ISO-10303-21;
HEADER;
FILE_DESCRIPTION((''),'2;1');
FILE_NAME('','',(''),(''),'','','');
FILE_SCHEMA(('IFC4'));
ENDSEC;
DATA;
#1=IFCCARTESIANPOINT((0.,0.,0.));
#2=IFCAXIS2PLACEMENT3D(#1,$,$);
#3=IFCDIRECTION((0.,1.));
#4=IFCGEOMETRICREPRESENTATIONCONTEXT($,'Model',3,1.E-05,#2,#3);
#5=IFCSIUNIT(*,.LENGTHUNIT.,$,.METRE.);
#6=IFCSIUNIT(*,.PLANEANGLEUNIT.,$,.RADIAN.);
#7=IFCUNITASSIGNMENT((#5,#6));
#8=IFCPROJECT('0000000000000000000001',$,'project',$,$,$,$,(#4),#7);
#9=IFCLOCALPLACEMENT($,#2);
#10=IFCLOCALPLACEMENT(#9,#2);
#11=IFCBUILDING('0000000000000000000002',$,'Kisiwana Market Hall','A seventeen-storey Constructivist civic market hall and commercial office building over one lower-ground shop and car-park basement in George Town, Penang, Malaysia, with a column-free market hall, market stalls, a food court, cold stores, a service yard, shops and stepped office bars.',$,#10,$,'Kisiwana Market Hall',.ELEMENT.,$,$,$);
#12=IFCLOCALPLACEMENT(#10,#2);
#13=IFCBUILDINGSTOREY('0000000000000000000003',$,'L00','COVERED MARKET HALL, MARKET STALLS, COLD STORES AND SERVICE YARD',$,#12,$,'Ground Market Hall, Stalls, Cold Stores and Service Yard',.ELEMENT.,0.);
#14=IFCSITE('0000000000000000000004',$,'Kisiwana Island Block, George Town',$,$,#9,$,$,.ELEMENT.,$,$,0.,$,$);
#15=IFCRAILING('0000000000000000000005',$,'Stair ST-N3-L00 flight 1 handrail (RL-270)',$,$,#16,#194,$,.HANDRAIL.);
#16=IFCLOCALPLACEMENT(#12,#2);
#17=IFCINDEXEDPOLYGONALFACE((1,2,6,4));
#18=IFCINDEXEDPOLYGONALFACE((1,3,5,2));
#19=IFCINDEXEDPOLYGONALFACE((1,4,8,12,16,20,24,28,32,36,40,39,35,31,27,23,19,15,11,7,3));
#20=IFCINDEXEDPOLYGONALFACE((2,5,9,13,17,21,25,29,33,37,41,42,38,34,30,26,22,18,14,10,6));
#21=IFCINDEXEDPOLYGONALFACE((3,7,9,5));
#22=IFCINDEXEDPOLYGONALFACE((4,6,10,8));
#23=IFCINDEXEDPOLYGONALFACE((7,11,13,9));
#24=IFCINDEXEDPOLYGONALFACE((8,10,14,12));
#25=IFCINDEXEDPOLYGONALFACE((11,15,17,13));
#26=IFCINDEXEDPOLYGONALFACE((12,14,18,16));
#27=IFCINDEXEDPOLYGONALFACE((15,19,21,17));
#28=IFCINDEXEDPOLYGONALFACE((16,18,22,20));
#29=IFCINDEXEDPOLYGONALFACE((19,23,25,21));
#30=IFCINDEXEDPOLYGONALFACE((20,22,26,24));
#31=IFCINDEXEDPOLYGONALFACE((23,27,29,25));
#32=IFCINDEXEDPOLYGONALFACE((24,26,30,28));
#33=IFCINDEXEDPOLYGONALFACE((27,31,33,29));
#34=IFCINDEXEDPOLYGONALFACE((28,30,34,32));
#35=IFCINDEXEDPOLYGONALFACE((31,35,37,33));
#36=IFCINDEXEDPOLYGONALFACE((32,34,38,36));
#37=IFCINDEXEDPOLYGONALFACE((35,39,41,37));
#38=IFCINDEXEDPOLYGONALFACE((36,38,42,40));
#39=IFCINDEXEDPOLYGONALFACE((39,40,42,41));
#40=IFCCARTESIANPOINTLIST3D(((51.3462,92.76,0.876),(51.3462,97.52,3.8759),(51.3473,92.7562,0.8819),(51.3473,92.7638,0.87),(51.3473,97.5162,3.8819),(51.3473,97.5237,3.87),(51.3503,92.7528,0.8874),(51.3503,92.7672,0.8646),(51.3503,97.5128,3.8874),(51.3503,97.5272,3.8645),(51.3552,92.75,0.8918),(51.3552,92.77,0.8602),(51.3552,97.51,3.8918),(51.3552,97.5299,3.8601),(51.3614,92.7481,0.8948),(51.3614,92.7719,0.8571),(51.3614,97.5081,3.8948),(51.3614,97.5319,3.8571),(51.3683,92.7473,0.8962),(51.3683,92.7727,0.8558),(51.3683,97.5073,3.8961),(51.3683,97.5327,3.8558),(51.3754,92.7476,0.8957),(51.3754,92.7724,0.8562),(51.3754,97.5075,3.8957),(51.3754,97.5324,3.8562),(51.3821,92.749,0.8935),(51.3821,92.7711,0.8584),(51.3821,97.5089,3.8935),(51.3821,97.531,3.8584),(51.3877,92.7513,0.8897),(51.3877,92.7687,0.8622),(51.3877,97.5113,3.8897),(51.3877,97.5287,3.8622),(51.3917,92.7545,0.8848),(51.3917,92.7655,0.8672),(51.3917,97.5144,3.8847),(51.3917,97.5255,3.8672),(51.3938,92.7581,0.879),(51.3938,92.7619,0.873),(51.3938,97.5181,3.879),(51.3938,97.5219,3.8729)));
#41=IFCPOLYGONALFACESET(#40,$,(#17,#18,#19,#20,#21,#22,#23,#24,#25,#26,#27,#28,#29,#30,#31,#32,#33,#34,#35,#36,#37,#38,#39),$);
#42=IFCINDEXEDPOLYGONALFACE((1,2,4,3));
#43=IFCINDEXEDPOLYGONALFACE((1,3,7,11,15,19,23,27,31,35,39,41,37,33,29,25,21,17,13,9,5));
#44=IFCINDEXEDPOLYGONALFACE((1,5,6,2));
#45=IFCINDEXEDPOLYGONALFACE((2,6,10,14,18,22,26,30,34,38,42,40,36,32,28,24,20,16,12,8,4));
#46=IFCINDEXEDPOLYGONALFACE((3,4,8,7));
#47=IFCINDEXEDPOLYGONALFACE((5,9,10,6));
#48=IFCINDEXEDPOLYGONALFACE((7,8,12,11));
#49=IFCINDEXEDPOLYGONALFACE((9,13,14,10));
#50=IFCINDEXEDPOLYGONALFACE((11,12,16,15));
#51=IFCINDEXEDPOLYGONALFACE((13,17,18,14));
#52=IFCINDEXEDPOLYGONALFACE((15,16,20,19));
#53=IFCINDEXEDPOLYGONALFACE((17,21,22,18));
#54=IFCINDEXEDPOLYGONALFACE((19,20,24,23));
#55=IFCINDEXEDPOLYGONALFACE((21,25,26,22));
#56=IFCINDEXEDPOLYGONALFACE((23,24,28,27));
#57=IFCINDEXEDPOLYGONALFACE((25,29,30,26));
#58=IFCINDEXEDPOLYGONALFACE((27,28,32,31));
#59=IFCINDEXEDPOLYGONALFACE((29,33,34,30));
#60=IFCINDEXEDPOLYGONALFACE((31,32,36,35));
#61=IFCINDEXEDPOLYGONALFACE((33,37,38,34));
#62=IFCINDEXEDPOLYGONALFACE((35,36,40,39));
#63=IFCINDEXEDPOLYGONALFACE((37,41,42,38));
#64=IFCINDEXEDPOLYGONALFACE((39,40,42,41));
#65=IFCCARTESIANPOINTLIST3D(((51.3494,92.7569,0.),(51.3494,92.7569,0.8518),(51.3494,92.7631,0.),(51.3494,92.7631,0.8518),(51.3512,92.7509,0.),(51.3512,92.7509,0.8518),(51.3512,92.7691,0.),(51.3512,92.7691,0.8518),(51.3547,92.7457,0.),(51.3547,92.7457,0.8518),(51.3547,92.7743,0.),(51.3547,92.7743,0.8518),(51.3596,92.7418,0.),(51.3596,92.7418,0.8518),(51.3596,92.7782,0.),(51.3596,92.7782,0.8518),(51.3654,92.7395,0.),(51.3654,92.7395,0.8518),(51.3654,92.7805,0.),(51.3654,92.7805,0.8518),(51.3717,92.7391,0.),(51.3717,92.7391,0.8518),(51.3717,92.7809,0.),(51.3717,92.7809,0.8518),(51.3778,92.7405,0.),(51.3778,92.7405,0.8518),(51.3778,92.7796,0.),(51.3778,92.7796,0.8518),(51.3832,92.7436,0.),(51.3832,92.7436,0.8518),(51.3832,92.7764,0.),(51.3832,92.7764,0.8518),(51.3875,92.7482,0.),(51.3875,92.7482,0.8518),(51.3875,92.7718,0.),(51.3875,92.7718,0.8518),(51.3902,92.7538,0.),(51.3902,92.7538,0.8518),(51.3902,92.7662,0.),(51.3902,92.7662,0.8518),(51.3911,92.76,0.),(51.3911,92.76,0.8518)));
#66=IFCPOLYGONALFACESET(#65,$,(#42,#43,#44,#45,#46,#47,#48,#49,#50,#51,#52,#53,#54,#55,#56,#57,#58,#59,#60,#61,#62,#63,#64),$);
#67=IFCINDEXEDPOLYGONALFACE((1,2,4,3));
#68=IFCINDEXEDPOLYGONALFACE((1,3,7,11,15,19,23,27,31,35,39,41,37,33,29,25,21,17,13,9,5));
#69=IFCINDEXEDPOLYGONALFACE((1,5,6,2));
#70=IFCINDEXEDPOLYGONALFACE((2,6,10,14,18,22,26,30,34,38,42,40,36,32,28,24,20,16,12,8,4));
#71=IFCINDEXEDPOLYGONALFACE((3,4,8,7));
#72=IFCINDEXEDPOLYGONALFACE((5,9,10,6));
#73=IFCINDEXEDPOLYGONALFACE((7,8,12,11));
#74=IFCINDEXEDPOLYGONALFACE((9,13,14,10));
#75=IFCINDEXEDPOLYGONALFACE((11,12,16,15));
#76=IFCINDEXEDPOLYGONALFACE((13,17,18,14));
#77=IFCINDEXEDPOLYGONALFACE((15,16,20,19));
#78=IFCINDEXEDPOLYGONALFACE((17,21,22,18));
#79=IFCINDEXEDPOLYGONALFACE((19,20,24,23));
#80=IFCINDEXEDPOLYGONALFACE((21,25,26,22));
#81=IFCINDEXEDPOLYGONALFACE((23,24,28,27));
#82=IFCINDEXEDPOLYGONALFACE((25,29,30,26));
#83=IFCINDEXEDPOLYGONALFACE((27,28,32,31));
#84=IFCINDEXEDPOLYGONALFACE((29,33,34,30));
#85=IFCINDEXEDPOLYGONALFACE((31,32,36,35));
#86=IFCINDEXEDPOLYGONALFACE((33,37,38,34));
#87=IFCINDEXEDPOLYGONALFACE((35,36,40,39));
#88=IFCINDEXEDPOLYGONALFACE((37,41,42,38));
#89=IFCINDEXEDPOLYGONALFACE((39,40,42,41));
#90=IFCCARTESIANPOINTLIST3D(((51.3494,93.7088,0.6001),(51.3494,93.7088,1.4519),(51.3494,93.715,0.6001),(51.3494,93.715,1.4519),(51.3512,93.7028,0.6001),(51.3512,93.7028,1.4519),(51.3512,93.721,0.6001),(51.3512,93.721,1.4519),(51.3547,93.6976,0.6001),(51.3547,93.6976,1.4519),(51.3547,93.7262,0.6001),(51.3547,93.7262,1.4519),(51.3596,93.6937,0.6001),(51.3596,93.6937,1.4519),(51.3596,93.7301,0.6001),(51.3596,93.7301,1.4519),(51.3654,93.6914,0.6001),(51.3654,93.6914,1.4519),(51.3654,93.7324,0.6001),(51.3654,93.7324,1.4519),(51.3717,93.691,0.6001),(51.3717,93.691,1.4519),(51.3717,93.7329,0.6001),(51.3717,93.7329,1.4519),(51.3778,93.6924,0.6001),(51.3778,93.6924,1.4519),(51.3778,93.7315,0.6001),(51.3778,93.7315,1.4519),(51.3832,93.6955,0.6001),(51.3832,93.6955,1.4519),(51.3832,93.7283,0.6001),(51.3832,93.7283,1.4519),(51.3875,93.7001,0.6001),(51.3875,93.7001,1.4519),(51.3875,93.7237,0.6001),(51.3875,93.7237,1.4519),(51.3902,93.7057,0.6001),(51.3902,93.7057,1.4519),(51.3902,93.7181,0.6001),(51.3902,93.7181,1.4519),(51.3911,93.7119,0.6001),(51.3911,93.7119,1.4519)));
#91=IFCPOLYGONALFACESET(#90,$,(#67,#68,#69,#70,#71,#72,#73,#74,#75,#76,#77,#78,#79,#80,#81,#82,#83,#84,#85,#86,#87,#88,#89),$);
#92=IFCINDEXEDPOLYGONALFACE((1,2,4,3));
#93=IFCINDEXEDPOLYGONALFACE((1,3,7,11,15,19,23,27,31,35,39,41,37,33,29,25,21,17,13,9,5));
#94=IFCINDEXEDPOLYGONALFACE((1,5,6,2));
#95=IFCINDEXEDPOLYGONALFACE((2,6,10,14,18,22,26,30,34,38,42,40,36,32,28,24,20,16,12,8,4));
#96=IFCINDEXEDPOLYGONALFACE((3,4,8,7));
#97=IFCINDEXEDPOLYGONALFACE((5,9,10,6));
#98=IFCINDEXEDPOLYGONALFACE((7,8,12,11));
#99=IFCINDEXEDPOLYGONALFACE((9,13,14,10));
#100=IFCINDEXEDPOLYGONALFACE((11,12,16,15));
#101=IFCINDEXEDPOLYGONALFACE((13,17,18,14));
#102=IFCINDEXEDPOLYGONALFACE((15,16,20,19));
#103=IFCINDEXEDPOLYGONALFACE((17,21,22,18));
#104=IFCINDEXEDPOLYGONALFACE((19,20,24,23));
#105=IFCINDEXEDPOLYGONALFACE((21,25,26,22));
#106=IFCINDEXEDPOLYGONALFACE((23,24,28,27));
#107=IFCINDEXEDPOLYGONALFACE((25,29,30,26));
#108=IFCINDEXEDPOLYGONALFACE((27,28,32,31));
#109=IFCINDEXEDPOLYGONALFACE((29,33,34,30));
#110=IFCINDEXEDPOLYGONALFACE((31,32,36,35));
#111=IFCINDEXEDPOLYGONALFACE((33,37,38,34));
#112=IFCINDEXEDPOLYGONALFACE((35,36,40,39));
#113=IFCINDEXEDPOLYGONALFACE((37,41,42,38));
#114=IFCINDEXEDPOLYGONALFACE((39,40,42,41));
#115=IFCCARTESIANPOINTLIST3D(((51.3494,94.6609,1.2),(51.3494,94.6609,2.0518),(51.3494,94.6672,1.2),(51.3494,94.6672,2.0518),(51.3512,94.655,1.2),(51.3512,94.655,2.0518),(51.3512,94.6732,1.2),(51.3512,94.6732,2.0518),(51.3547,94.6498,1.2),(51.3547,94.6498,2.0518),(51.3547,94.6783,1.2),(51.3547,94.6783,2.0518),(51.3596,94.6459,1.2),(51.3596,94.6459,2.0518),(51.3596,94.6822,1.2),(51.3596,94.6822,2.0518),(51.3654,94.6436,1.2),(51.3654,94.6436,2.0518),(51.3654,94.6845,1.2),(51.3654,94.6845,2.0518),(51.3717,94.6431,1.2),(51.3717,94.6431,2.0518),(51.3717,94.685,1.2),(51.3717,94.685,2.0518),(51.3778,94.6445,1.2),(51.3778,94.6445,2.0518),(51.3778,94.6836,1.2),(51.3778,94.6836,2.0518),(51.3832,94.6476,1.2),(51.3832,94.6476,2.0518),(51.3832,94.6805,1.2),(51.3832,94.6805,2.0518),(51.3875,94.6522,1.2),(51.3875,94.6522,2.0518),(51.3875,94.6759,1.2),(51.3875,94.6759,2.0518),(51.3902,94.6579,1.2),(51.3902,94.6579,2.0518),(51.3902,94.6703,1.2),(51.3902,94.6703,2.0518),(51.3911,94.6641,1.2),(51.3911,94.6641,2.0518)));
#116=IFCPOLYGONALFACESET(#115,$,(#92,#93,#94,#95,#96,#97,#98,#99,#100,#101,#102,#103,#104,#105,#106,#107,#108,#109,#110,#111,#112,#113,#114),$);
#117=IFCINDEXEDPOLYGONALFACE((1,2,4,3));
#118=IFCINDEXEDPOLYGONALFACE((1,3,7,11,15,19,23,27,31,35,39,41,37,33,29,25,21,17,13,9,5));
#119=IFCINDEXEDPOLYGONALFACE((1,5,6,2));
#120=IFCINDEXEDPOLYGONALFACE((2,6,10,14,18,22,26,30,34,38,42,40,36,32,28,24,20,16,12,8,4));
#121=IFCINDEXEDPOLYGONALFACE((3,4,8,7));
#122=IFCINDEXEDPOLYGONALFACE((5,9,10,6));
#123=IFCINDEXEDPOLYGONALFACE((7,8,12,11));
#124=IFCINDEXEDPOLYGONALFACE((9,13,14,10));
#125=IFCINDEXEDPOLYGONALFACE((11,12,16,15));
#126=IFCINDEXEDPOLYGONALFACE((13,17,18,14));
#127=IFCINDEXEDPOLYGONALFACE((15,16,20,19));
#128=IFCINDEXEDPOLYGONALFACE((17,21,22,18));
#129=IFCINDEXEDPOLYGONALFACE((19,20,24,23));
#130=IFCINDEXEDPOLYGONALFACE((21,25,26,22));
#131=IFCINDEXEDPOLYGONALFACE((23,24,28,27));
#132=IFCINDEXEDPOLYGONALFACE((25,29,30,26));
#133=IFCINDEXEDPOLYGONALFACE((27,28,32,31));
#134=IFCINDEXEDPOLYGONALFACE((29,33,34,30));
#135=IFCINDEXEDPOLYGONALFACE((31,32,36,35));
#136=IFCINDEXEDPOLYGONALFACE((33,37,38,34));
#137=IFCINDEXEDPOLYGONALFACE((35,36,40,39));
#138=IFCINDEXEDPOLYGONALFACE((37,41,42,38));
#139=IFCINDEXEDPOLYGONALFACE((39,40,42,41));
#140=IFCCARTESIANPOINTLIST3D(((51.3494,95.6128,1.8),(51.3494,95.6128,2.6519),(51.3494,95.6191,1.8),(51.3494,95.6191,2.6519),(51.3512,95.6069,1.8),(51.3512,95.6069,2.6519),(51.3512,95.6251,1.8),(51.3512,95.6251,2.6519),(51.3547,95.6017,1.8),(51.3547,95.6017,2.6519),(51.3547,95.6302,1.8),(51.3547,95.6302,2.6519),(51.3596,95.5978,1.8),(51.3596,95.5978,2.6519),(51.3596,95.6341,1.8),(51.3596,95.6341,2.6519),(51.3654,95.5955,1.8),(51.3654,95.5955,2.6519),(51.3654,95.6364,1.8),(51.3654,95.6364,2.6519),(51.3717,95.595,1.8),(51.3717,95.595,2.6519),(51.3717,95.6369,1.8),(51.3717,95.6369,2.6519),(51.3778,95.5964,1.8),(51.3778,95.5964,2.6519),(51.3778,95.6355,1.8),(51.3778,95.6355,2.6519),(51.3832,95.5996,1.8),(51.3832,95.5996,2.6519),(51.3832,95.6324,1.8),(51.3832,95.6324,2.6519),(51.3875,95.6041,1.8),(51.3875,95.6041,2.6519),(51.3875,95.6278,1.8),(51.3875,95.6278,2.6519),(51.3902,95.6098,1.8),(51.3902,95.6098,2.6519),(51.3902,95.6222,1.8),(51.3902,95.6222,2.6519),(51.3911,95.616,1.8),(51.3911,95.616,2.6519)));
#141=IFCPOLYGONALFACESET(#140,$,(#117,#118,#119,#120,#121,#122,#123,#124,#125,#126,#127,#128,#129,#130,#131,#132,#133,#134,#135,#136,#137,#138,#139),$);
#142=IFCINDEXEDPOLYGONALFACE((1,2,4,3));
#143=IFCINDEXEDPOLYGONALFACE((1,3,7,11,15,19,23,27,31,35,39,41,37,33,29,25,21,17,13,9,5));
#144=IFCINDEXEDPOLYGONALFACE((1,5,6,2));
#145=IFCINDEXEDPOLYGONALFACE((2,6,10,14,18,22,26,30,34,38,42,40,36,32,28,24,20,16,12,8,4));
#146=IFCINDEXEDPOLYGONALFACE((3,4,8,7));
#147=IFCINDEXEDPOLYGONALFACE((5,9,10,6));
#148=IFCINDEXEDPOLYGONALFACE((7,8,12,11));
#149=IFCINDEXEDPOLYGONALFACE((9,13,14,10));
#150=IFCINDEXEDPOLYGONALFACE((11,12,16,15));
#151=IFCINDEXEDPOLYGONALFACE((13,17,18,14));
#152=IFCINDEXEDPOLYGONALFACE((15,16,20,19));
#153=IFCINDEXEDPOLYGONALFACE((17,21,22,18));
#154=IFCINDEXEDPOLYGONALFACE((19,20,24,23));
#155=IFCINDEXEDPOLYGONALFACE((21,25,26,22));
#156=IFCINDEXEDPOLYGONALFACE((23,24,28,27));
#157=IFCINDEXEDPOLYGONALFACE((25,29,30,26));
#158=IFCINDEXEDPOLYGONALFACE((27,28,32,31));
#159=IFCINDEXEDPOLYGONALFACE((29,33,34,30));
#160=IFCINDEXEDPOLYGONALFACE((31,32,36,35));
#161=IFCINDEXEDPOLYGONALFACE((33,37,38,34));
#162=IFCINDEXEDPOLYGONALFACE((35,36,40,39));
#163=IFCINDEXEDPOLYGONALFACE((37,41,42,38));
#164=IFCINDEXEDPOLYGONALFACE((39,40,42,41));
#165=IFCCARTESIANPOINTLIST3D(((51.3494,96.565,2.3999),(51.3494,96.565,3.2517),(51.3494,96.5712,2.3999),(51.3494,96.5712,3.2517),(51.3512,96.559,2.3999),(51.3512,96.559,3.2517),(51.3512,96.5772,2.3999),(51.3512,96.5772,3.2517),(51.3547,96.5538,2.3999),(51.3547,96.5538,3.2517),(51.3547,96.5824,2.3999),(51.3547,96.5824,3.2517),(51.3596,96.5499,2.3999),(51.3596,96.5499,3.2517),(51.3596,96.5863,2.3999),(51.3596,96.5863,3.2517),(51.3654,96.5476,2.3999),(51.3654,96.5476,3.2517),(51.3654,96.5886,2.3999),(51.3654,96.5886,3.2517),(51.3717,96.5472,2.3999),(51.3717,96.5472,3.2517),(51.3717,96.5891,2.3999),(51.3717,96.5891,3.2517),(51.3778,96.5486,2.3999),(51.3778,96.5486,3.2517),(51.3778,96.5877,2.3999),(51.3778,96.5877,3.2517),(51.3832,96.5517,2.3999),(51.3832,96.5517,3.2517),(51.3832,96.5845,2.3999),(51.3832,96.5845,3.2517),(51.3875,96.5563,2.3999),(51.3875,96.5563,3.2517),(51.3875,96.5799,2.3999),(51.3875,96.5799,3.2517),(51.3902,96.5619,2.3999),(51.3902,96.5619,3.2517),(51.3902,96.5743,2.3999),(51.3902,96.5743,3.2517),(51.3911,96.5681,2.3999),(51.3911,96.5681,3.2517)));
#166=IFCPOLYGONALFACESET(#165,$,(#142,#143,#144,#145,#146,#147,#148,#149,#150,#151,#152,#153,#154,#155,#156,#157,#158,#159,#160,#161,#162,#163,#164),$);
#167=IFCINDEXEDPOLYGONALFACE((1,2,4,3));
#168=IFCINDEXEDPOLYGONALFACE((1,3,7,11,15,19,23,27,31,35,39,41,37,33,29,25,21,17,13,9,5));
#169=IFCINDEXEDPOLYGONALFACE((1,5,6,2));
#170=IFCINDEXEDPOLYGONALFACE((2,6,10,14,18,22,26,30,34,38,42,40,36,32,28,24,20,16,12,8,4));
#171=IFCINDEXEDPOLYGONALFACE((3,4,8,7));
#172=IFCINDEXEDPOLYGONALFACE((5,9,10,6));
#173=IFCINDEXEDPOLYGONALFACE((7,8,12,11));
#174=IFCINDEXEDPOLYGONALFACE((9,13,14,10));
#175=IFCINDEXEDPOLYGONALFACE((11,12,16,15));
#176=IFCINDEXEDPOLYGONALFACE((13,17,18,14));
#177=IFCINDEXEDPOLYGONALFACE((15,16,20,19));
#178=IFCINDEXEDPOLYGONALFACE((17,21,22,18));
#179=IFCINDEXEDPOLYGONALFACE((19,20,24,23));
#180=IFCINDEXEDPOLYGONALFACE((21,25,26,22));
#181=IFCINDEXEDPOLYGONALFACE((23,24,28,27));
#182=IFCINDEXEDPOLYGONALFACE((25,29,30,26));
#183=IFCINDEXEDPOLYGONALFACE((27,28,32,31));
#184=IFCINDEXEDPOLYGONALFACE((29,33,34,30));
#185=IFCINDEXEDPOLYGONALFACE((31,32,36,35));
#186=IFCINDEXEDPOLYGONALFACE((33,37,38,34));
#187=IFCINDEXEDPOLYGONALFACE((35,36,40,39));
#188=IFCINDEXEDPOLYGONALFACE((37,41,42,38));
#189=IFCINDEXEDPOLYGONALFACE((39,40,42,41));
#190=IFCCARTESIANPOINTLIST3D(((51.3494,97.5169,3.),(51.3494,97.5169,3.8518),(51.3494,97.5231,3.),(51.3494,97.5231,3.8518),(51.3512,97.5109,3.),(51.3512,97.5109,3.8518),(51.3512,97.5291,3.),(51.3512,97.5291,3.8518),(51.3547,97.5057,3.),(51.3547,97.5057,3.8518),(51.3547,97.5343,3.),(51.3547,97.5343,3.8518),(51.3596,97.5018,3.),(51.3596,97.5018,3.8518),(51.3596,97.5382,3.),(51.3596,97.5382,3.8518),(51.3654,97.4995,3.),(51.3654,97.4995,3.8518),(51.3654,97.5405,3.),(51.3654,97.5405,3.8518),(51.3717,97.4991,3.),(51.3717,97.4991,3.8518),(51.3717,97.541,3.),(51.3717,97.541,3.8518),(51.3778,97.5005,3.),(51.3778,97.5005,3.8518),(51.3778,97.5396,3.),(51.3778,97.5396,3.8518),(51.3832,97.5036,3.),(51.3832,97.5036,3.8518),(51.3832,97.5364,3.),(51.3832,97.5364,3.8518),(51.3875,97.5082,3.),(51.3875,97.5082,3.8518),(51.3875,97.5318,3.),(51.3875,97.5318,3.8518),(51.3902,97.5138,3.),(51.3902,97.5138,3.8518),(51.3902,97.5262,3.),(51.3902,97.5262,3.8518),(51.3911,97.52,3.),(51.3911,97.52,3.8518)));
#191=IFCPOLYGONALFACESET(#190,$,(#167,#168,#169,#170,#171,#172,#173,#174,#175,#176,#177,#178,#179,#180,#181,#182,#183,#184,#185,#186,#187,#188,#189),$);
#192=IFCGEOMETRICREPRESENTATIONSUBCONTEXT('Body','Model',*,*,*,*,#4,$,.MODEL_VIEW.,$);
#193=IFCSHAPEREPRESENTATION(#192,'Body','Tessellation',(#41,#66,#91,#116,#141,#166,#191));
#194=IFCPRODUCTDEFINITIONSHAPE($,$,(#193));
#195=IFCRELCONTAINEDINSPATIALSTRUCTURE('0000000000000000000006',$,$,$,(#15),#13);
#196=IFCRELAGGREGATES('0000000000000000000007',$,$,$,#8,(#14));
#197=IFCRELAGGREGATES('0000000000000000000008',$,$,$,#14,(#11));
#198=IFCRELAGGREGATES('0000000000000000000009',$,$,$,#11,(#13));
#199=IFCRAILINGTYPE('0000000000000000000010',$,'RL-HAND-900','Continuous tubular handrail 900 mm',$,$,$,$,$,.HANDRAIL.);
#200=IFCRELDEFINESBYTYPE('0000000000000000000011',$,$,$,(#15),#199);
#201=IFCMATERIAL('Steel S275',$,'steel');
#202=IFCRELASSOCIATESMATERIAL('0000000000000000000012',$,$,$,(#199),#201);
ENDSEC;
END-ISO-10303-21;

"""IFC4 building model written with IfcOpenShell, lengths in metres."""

from ifc_helpers import new_model, si_unit, direction, frame, origin, origin_2d, place, context, subcontext, project, spatial, circle, extrude, material, type_object, element, save


model = new_model("IFC4")

# Units and contexts
model_context = context("Model", 3, precision=1e-05, world=origin(), true_north=direction((0.0, 1.0)))
body_context = subcontext(model_context, "Body", "Model", "MODEL_VIEW")
ifc_project = project(units=[si_unit("LENGTHUNIT", "METRE"), si_unit("PLANEANGLEUNIT", "RADIAN")], contexts=[model_context])

# Site, building, storey
site_placement = place(None, origin())
site = spatial("IfcSite", under=ifc_project, at=site_placement, Name="Kisiwana Island Block, George Town", CompositionType="ELEMENT", RefElevation=0.0)
building_placement = place(site_placement, origin())
building = spatial("IfcBuilding", under=site, at=building_placement, Name="Kisiwana Market Hall", Description="A seventeen-storey Constructivist civic market hall and commercial office building over one lower-ground shop and car-park basement in George Town, Penang, Malaysia, with a column-free market hall, market stalls, a food court, cold stores, a service yard, shops and stepped office bars.", LongName="Kisiwana Market Hall", CompositionType="ELEMENT")
storey_placement = place(building_placement, origin())
storey = spatial("IfcBuildingStorey", under=building, at=storey_placement, Name="L00", Description="COVERED MARKET HALL, MARKET STALLS, COLD STORES AND SERVICE YARD", LongName="Ground Market Hall, Stalls, Cold Stores and Service Yard", CompositionType="ELEMENT", Elevation=0.0)

# Railing
ifc_material_1 = material(Name="Steel S275", Category="steel")
railing_type_1 = type_object("IfcRailingType", Name="RL-HAND-900", Description="Continuous tubular handrail 900 mm", PredefinedType="HANDRAIL", material=ifc_material_1)
for number, where, name in (
    (1, (51.3701, 92.76, 0.0), "Stair ST-N3-L00 flight 1 handrail (RL-270)"),
):
    element("IfcRailing", number, at=place(storey_placement, frame(where)), inside=storey, type_object=railing_type_1, Name=name, PredefinedType="HANDRAIL", context=body_context, shape_type="SweptSolid", body=[
        extrude(circle(Radius=0.0239, at=origin_2d()), frame((0.0, 0.0, 0.876), z_axis=(0.0, 0.845996, 0.53319), x_axis=(-1.0, 0.0, 0.0)), (0.0, 0.0, 1.0), 5.6265),
        extrude(circle(Radius=0.021, at=origin_2d()), origin(), (0.0, 0.0, 1.0), 0.8518),
        extrude(circle(Radius=0.021, at=origin_2d()), frame((0.0, 0.9519, 0.6001)), (0.0, 0.0, 1.0), 0.8518),
        extrude(circle(Radius=0.021, at=origin_2d()), frame((0.0, 1.9041, 1.2)), (0.0, 0.0, 1.0), 0.8518),
        extrude(circle(Radius=0.021, at=origin_2d()), frame((0.0, 2.856, 1.8)), (0.0, 0.0, 1.0), 0.8518),
        extrude(circle(Radius=0.021, at=origin_2d()), frame((0.0, 3.8081, 2.3999)), (0.0, 0.0, 1.0), 0.8518),
        extrude(circle(Radius=0.021, at=origin_2d()), frame((0.0, 4.76, 3.0)), (0.0, 0.0, 1.0), 0.8518),
    ])

save(model, "model.ifc")
